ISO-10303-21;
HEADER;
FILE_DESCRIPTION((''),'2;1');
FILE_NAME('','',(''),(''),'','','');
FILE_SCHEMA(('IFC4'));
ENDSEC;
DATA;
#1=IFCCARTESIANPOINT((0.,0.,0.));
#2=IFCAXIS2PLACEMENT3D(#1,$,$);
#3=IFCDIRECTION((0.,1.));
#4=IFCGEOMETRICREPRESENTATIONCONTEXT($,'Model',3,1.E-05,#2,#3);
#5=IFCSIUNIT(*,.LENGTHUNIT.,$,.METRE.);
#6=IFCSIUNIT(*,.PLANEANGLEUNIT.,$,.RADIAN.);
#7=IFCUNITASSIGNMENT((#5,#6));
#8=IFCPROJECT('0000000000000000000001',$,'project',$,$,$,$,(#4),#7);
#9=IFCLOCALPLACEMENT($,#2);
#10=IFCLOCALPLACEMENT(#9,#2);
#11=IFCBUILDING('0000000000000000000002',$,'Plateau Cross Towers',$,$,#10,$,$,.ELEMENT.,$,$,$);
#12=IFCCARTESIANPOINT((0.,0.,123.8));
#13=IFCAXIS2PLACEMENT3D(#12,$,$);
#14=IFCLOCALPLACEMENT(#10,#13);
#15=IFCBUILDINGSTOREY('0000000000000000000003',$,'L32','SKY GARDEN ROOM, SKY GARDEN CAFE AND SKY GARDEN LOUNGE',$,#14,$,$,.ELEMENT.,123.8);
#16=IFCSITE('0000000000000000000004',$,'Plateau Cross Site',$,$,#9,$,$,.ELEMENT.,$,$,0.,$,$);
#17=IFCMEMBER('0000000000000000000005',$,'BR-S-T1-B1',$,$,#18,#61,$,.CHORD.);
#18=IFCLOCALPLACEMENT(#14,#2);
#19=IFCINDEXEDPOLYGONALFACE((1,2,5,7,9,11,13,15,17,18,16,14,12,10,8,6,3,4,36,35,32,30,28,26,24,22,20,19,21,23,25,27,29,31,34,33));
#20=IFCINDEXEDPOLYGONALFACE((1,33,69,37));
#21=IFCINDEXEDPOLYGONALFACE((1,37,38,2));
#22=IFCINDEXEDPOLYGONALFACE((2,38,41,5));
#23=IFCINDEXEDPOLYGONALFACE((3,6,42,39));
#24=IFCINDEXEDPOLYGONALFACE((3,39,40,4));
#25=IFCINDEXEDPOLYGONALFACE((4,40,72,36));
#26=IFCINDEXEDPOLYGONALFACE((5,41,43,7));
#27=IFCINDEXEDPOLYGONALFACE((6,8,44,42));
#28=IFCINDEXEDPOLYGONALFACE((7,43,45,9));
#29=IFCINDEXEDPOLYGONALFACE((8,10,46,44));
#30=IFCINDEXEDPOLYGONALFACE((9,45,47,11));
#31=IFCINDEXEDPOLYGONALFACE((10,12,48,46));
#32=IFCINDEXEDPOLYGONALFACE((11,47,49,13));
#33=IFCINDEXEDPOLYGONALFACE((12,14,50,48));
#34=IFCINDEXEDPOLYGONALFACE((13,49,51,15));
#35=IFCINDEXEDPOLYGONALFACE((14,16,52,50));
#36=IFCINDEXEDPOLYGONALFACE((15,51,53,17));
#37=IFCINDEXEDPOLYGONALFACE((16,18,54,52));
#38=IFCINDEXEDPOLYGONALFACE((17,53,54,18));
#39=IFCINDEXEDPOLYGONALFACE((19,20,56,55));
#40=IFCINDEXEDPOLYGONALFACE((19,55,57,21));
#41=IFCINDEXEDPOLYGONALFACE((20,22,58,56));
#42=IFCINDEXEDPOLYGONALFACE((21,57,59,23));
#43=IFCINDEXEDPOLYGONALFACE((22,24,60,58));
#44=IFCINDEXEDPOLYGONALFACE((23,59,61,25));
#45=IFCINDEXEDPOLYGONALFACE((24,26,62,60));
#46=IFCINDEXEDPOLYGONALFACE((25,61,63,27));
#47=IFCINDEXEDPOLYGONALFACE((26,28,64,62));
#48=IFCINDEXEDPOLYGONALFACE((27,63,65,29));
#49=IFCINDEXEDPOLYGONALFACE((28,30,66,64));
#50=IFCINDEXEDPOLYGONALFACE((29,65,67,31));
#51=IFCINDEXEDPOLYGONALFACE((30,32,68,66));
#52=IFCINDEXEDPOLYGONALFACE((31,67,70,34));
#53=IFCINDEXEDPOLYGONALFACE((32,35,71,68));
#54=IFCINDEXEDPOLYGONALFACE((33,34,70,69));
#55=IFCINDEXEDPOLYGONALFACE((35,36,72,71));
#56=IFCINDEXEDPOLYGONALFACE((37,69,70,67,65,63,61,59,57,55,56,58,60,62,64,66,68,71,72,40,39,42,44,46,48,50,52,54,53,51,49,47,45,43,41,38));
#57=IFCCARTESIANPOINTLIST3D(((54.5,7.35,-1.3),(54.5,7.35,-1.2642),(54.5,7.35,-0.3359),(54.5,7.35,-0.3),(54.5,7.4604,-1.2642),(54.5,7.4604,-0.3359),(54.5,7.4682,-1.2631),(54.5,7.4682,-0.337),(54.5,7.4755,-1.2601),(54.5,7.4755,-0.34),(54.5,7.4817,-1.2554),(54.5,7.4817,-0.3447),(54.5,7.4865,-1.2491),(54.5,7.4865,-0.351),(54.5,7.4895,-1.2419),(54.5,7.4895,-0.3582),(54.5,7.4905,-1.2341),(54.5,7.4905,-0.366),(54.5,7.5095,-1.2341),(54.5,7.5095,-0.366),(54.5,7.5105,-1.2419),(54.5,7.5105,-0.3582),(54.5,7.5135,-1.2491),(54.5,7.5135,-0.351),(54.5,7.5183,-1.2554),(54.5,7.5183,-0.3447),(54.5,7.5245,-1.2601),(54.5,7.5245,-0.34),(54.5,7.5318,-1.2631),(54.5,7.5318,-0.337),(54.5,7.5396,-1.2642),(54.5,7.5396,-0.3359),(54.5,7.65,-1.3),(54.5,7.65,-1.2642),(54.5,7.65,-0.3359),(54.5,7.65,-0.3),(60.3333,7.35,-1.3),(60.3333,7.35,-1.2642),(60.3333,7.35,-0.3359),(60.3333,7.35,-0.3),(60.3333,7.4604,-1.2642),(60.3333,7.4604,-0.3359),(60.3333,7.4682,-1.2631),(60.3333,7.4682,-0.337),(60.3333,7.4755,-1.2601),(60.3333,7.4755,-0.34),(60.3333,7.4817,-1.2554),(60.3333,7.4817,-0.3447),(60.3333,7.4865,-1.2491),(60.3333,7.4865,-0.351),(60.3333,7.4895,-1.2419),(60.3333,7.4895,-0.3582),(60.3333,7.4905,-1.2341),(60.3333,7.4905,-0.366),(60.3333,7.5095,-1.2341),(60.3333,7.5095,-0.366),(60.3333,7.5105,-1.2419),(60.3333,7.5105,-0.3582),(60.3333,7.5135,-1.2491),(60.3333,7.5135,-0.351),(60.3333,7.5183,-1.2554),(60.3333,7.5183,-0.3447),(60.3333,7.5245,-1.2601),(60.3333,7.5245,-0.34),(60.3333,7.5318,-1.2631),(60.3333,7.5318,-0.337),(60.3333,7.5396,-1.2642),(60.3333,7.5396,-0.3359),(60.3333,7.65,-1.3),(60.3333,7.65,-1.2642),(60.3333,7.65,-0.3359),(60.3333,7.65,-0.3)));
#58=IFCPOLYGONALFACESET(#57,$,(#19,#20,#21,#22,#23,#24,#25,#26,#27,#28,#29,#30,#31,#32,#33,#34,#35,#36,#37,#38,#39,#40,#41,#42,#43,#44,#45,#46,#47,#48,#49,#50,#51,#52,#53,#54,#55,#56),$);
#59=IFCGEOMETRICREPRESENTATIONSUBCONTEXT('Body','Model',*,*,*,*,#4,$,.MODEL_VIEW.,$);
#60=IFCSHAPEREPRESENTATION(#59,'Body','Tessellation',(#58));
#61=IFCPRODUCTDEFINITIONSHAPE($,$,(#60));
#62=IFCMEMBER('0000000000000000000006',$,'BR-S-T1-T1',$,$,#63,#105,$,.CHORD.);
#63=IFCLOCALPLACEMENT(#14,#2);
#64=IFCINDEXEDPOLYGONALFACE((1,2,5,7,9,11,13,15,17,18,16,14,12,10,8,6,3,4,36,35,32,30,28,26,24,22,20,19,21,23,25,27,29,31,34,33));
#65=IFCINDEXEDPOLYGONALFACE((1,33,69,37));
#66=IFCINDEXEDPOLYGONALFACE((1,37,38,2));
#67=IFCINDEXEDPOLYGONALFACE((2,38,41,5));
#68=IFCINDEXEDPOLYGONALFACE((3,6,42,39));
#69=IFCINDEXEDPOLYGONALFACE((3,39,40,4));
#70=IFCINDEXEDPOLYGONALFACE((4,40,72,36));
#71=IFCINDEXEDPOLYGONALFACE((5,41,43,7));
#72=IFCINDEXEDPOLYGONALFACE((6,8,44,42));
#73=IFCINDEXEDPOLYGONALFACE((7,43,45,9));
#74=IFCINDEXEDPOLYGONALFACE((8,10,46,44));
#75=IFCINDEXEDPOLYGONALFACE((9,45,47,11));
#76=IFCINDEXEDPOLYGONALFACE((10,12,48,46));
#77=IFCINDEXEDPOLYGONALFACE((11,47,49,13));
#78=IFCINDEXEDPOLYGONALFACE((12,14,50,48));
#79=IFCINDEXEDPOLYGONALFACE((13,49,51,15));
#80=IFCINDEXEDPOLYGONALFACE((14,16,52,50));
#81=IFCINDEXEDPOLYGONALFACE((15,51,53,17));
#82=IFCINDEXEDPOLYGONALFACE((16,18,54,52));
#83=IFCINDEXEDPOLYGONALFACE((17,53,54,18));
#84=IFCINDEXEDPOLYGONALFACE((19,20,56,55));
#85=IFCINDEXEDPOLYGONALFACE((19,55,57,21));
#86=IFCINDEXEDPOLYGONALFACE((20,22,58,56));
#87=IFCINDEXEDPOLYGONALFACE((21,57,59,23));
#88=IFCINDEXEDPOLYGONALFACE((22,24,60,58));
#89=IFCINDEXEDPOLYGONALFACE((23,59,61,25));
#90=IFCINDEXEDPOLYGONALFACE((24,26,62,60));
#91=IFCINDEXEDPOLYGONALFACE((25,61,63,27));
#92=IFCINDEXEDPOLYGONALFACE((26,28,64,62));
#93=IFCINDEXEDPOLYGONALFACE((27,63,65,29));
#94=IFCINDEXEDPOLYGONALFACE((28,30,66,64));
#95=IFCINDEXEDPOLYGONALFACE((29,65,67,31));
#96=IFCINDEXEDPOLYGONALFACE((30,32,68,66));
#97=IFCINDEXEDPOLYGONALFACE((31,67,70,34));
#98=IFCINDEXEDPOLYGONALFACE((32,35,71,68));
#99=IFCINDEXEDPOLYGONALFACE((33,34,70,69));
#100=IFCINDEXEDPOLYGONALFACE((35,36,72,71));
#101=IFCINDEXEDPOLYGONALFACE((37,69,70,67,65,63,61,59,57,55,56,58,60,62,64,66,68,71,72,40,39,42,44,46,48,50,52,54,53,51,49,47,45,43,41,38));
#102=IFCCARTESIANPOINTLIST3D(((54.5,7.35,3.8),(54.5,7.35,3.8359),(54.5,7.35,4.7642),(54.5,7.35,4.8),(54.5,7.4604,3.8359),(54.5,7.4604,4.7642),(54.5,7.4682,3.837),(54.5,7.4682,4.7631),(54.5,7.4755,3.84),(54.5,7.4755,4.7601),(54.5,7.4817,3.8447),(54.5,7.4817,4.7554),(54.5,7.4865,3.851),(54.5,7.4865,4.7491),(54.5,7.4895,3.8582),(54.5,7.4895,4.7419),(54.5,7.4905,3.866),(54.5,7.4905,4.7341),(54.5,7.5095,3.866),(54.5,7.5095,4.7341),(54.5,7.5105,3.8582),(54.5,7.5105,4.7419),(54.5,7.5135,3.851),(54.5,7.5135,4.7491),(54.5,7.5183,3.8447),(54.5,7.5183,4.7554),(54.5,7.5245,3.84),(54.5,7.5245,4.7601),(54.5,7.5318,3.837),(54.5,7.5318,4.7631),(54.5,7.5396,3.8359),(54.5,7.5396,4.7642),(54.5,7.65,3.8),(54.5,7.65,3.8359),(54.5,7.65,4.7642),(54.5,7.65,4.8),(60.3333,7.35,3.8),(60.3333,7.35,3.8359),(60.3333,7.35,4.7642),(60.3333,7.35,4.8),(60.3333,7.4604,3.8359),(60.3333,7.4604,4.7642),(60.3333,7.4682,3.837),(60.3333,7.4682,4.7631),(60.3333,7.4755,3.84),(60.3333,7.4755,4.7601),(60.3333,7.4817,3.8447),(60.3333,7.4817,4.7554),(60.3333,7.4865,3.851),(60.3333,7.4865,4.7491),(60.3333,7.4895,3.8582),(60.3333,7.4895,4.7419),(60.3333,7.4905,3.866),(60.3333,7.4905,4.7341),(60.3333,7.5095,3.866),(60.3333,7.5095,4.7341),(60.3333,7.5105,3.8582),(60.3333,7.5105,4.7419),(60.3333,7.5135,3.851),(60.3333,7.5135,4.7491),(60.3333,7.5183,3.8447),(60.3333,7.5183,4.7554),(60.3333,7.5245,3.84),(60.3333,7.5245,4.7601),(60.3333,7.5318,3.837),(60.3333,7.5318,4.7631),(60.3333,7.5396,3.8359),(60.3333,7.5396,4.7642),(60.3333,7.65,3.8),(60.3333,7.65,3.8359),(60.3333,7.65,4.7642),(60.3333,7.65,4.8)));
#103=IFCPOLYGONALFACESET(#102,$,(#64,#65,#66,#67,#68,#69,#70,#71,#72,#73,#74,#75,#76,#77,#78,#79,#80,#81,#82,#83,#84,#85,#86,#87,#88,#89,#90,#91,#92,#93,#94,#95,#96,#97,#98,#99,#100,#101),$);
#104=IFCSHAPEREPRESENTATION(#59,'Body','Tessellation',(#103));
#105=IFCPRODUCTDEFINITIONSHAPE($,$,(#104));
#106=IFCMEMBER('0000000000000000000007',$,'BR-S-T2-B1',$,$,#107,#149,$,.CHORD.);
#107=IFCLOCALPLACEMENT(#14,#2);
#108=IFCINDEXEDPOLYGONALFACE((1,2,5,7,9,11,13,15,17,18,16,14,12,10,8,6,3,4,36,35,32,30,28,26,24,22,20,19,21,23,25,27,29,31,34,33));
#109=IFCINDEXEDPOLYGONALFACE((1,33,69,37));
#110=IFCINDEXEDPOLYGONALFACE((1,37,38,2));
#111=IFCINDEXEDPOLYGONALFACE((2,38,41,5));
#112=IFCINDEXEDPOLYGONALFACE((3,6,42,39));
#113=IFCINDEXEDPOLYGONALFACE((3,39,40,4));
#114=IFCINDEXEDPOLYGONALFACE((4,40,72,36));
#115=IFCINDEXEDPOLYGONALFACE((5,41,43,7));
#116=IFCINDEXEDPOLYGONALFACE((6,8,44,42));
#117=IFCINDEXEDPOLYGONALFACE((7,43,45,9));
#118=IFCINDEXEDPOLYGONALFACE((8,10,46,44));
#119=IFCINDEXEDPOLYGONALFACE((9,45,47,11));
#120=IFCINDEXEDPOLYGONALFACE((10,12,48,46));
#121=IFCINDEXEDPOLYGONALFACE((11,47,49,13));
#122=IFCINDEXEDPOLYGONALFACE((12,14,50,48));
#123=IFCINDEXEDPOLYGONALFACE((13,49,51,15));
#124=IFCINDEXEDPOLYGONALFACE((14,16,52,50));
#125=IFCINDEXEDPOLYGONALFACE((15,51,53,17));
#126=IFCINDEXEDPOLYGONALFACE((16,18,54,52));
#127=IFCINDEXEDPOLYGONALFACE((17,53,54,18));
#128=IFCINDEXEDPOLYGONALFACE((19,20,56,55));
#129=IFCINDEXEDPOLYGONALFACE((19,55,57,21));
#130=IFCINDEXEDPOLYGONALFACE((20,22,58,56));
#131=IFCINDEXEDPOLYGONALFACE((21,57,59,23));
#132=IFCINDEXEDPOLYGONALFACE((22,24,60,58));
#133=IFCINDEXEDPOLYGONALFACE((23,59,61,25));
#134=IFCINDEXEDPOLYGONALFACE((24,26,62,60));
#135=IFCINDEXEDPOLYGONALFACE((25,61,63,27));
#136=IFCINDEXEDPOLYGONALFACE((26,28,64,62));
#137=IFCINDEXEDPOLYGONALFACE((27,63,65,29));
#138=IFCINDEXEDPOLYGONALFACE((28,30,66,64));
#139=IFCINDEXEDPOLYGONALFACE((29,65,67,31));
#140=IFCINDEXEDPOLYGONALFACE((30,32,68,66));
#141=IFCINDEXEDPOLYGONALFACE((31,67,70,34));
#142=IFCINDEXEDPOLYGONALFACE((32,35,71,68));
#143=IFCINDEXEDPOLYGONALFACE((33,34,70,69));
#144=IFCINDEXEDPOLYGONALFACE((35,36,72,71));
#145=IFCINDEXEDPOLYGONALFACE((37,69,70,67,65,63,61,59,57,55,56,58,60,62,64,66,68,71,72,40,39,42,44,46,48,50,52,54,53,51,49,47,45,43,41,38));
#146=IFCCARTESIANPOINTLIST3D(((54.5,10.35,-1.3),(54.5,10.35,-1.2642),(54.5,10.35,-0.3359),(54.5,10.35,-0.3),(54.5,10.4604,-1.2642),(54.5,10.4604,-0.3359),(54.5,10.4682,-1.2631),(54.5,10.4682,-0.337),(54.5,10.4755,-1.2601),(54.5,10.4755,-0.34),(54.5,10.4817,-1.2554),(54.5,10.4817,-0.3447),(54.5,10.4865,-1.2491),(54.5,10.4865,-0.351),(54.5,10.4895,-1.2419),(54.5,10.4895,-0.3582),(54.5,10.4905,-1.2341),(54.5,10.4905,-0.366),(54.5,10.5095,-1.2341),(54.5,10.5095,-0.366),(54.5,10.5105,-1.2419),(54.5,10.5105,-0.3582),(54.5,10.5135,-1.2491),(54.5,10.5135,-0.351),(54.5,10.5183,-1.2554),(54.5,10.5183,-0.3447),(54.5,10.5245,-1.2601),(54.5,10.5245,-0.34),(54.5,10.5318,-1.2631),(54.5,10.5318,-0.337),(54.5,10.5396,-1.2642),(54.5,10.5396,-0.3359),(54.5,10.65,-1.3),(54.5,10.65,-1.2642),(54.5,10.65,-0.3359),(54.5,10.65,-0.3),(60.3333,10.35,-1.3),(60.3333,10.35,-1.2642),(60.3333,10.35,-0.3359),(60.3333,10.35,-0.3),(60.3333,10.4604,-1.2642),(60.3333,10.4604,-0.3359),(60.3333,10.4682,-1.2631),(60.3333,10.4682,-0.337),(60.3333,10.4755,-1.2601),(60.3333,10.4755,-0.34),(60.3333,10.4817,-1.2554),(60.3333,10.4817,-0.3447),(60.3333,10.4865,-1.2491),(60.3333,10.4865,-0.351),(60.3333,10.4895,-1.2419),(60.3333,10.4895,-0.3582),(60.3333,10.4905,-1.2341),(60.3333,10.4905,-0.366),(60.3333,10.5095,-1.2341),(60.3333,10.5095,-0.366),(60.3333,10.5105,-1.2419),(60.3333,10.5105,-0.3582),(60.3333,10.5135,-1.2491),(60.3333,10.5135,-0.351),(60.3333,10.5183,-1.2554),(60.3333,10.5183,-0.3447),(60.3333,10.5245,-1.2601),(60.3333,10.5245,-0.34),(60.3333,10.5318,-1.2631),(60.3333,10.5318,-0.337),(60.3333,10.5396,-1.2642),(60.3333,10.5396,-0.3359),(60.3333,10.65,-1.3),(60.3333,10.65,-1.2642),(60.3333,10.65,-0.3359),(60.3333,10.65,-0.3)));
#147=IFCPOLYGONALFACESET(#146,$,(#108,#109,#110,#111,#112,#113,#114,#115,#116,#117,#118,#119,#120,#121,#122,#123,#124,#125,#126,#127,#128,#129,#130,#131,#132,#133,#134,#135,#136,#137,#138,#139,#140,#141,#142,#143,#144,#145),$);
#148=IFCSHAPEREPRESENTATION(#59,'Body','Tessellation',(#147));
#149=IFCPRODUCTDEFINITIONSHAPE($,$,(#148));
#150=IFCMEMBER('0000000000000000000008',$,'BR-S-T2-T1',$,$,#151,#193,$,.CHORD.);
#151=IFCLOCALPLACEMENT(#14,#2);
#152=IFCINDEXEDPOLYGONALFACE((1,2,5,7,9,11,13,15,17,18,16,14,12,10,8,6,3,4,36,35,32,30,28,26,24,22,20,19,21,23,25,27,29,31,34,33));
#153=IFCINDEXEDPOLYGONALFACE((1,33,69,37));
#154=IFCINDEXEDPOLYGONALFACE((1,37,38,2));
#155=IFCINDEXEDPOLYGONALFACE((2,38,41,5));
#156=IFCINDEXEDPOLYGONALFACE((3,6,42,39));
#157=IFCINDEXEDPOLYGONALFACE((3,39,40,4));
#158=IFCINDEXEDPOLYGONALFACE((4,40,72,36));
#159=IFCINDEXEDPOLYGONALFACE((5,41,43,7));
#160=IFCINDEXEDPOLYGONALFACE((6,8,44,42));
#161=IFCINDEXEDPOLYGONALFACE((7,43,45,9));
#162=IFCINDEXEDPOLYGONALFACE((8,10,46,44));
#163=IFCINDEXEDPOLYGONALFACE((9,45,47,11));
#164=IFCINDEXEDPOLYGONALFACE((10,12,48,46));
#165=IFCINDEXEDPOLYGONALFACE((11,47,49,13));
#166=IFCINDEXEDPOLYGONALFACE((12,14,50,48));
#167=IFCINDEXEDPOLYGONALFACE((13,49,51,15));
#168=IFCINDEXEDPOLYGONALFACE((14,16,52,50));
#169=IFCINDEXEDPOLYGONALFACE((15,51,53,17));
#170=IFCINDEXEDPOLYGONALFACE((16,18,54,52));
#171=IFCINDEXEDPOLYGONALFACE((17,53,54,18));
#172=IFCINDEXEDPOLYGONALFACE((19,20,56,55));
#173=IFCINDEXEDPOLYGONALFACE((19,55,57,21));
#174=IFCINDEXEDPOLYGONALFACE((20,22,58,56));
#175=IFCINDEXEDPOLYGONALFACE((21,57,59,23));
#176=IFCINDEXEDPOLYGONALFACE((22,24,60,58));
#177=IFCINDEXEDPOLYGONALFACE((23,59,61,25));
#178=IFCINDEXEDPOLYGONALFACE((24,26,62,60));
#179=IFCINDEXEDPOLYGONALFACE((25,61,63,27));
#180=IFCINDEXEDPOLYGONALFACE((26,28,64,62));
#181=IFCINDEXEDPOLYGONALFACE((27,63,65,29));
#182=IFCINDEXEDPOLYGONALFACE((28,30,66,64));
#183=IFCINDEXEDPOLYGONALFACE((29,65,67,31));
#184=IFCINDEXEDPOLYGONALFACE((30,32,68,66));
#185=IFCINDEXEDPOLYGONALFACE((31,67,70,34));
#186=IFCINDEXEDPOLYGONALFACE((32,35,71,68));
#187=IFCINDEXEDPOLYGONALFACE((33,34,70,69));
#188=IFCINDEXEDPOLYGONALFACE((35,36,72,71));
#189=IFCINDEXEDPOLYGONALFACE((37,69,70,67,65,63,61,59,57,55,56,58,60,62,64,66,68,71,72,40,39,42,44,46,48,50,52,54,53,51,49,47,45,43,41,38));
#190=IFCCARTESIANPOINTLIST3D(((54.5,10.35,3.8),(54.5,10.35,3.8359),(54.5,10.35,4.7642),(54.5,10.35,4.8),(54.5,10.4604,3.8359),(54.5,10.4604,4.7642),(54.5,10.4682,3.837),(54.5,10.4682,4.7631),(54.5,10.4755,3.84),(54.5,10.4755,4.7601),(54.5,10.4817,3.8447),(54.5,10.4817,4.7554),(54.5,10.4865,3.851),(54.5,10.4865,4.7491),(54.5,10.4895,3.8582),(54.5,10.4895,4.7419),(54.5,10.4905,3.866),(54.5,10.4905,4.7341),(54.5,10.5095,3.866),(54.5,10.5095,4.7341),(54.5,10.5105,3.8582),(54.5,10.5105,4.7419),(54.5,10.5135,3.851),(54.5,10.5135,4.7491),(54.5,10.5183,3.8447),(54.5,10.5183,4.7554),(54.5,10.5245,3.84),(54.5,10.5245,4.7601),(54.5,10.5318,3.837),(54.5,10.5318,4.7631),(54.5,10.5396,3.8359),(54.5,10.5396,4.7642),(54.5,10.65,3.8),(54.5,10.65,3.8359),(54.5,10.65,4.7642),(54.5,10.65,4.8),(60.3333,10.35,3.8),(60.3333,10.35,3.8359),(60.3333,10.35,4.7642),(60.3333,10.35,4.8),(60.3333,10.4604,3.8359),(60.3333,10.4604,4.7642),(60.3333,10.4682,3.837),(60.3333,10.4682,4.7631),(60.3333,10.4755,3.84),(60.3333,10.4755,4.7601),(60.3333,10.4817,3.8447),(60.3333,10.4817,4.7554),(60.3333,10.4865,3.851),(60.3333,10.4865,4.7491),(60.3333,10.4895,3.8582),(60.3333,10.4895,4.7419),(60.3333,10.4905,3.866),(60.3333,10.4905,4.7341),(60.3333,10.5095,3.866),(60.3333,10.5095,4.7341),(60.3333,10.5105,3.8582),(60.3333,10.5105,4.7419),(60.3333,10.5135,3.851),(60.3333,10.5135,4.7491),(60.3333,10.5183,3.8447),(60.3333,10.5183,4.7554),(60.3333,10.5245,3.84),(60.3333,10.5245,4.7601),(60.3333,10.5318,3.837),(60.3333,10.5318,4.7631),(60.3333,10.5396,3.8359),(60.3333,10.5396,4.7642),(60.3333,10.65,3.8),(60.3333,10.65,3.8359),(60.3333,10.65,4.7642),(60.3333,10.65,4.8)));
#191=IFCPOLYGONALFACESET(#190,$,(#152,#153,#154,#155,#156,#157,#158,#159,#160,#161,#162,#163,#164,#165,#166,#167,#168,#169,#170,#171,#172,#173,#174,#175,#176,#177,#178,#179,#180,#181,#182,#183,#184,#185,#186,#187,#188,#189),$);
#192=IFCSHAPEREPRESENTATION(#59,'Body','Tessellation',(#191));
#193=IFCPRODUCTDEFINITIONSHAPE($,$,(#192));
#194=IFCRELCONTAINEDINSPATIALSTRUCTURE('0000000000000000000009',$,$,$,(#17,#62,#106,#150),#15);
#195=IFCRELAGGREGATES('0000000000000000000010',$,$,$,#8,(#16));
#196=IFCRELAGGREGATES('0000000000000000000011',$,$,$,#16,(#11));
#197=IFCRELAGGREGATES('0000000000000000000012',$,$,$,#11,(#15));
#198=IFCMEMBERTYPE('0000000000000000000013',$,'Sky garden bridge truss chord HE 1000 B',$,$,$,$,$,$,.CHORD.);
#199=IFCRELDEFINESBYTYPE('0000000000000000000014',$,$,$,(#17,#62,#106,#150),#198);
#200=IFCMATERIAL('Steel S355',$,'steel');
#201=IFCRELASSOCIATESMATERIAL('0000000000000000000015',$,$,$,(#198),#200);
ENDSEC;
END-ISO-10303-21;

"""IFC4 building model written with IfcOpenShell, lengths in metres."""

from ifc_helpers import new_model, si_unit, direction, frame, origin, origin_2d, place, context, subcontext, project, spatial, i_section, extrude, material, material_profile, profile_set, type_object, element, save


model = new_model("IFC4")

# Units and contexts
model_context = context("Model", 3, precision=1e-05, world=origin(), true_north=direction((0.0, 1.0)))
body_context = subcontext(model_context, "Body", "Model", "MODEL_VIEW")
ifc_project = project(units=[si_unit("LENGTHUNIT", "METRE"), si_unit("PLANEANGLEUNIT", "RADIAN")], contexts=[model_context])

# Site, building, storey
site_placement = place(None, origin())
site = spatial("IfcSite", under=ifc_project, at=site_placement, Name="Plateau Cross Site", CompositionType="ELEMENT", RefElevation=0.0)
building_placement = place(site_placement, origin())
building = spatial("IfcBuilding", under=site, at=building_placement, Name="Plateau Cross Towers", CompositionType="ELEMENT")
storey_placement = place(building_placement, frame((0.0, 0.0, 123.8)))
storey = spatial("IfcBuildingStorey", under=building, at=storey_placement, Name="L32", Description="SKY GARDEN ROOM, SKY GARDEN CAFE AND SKY GARDEN LOUNGE", CompositionType="ELEMENT", Elevation=123.8)

# Members
ifc_material_1 = material(Name="Steel S355", Category="steel")
ifc_material_profile_1 = material_profile(ifc_material_1, i_section(OverallWidth=0.3, OverallDepth=1.0, WebThickness=0.019, FlangeThickness=0.0359, FilletRadius=0.03, at=origin_2d()), Name="HE 1000 B")
ifc_profile_set_1 = profile_set([ifc_material_profile_1], Name="Steel S355")
member_type_1 = type_object("IfcMemberType", Name="Sky garden bridge truss chord HE 1000 B", PredefinedType="CHORD", material=ifc_profile_set_1)
for number, where, z_axis, x_axis, name in (
    (1, (54.5, 7.5, -0.8), (1.0, 0.0, 0.0), (0.0, 1.0, 0.0), "BR-S-T1-B1"),
    (2, (54.5, 7.5, 4.3), (1.0, 0.0, 0.0), (0.0, 1.0, 0.0), "BR-S-T1-T1"),
    (3, (54.5, 10.5, -0.8), (1.0, 0.0, 0.0), (0.0, 1.0, 0.0), "BR-S-T2-B1"),
    (4, (54.5, 10.5, 4.3), (1.0, 0.0, 0.0), (0.0, 1.0, 0.0), "BR-S-T2-T1"),
):
    element("IfcMember", number, at=place(storey_placement, frame(where, z_axis=z_axis, x_axis=x_axis)), inside=storey, type_object=member_type_1, Name=name, PredefinedType="CHORD", context=body_context, shape_type="SweptSolid", body=[
        extrude(i_section(OverallWidth=0.3, OverallDepth=1.0, WebThickness=0.019, FlangeThickness=0.0359, FilletRadius=0.03, at=origin_2d()), origin(), (0.0, 0.0, 1.0), 5.8333),
    ])

save(model, "model.ifc")
